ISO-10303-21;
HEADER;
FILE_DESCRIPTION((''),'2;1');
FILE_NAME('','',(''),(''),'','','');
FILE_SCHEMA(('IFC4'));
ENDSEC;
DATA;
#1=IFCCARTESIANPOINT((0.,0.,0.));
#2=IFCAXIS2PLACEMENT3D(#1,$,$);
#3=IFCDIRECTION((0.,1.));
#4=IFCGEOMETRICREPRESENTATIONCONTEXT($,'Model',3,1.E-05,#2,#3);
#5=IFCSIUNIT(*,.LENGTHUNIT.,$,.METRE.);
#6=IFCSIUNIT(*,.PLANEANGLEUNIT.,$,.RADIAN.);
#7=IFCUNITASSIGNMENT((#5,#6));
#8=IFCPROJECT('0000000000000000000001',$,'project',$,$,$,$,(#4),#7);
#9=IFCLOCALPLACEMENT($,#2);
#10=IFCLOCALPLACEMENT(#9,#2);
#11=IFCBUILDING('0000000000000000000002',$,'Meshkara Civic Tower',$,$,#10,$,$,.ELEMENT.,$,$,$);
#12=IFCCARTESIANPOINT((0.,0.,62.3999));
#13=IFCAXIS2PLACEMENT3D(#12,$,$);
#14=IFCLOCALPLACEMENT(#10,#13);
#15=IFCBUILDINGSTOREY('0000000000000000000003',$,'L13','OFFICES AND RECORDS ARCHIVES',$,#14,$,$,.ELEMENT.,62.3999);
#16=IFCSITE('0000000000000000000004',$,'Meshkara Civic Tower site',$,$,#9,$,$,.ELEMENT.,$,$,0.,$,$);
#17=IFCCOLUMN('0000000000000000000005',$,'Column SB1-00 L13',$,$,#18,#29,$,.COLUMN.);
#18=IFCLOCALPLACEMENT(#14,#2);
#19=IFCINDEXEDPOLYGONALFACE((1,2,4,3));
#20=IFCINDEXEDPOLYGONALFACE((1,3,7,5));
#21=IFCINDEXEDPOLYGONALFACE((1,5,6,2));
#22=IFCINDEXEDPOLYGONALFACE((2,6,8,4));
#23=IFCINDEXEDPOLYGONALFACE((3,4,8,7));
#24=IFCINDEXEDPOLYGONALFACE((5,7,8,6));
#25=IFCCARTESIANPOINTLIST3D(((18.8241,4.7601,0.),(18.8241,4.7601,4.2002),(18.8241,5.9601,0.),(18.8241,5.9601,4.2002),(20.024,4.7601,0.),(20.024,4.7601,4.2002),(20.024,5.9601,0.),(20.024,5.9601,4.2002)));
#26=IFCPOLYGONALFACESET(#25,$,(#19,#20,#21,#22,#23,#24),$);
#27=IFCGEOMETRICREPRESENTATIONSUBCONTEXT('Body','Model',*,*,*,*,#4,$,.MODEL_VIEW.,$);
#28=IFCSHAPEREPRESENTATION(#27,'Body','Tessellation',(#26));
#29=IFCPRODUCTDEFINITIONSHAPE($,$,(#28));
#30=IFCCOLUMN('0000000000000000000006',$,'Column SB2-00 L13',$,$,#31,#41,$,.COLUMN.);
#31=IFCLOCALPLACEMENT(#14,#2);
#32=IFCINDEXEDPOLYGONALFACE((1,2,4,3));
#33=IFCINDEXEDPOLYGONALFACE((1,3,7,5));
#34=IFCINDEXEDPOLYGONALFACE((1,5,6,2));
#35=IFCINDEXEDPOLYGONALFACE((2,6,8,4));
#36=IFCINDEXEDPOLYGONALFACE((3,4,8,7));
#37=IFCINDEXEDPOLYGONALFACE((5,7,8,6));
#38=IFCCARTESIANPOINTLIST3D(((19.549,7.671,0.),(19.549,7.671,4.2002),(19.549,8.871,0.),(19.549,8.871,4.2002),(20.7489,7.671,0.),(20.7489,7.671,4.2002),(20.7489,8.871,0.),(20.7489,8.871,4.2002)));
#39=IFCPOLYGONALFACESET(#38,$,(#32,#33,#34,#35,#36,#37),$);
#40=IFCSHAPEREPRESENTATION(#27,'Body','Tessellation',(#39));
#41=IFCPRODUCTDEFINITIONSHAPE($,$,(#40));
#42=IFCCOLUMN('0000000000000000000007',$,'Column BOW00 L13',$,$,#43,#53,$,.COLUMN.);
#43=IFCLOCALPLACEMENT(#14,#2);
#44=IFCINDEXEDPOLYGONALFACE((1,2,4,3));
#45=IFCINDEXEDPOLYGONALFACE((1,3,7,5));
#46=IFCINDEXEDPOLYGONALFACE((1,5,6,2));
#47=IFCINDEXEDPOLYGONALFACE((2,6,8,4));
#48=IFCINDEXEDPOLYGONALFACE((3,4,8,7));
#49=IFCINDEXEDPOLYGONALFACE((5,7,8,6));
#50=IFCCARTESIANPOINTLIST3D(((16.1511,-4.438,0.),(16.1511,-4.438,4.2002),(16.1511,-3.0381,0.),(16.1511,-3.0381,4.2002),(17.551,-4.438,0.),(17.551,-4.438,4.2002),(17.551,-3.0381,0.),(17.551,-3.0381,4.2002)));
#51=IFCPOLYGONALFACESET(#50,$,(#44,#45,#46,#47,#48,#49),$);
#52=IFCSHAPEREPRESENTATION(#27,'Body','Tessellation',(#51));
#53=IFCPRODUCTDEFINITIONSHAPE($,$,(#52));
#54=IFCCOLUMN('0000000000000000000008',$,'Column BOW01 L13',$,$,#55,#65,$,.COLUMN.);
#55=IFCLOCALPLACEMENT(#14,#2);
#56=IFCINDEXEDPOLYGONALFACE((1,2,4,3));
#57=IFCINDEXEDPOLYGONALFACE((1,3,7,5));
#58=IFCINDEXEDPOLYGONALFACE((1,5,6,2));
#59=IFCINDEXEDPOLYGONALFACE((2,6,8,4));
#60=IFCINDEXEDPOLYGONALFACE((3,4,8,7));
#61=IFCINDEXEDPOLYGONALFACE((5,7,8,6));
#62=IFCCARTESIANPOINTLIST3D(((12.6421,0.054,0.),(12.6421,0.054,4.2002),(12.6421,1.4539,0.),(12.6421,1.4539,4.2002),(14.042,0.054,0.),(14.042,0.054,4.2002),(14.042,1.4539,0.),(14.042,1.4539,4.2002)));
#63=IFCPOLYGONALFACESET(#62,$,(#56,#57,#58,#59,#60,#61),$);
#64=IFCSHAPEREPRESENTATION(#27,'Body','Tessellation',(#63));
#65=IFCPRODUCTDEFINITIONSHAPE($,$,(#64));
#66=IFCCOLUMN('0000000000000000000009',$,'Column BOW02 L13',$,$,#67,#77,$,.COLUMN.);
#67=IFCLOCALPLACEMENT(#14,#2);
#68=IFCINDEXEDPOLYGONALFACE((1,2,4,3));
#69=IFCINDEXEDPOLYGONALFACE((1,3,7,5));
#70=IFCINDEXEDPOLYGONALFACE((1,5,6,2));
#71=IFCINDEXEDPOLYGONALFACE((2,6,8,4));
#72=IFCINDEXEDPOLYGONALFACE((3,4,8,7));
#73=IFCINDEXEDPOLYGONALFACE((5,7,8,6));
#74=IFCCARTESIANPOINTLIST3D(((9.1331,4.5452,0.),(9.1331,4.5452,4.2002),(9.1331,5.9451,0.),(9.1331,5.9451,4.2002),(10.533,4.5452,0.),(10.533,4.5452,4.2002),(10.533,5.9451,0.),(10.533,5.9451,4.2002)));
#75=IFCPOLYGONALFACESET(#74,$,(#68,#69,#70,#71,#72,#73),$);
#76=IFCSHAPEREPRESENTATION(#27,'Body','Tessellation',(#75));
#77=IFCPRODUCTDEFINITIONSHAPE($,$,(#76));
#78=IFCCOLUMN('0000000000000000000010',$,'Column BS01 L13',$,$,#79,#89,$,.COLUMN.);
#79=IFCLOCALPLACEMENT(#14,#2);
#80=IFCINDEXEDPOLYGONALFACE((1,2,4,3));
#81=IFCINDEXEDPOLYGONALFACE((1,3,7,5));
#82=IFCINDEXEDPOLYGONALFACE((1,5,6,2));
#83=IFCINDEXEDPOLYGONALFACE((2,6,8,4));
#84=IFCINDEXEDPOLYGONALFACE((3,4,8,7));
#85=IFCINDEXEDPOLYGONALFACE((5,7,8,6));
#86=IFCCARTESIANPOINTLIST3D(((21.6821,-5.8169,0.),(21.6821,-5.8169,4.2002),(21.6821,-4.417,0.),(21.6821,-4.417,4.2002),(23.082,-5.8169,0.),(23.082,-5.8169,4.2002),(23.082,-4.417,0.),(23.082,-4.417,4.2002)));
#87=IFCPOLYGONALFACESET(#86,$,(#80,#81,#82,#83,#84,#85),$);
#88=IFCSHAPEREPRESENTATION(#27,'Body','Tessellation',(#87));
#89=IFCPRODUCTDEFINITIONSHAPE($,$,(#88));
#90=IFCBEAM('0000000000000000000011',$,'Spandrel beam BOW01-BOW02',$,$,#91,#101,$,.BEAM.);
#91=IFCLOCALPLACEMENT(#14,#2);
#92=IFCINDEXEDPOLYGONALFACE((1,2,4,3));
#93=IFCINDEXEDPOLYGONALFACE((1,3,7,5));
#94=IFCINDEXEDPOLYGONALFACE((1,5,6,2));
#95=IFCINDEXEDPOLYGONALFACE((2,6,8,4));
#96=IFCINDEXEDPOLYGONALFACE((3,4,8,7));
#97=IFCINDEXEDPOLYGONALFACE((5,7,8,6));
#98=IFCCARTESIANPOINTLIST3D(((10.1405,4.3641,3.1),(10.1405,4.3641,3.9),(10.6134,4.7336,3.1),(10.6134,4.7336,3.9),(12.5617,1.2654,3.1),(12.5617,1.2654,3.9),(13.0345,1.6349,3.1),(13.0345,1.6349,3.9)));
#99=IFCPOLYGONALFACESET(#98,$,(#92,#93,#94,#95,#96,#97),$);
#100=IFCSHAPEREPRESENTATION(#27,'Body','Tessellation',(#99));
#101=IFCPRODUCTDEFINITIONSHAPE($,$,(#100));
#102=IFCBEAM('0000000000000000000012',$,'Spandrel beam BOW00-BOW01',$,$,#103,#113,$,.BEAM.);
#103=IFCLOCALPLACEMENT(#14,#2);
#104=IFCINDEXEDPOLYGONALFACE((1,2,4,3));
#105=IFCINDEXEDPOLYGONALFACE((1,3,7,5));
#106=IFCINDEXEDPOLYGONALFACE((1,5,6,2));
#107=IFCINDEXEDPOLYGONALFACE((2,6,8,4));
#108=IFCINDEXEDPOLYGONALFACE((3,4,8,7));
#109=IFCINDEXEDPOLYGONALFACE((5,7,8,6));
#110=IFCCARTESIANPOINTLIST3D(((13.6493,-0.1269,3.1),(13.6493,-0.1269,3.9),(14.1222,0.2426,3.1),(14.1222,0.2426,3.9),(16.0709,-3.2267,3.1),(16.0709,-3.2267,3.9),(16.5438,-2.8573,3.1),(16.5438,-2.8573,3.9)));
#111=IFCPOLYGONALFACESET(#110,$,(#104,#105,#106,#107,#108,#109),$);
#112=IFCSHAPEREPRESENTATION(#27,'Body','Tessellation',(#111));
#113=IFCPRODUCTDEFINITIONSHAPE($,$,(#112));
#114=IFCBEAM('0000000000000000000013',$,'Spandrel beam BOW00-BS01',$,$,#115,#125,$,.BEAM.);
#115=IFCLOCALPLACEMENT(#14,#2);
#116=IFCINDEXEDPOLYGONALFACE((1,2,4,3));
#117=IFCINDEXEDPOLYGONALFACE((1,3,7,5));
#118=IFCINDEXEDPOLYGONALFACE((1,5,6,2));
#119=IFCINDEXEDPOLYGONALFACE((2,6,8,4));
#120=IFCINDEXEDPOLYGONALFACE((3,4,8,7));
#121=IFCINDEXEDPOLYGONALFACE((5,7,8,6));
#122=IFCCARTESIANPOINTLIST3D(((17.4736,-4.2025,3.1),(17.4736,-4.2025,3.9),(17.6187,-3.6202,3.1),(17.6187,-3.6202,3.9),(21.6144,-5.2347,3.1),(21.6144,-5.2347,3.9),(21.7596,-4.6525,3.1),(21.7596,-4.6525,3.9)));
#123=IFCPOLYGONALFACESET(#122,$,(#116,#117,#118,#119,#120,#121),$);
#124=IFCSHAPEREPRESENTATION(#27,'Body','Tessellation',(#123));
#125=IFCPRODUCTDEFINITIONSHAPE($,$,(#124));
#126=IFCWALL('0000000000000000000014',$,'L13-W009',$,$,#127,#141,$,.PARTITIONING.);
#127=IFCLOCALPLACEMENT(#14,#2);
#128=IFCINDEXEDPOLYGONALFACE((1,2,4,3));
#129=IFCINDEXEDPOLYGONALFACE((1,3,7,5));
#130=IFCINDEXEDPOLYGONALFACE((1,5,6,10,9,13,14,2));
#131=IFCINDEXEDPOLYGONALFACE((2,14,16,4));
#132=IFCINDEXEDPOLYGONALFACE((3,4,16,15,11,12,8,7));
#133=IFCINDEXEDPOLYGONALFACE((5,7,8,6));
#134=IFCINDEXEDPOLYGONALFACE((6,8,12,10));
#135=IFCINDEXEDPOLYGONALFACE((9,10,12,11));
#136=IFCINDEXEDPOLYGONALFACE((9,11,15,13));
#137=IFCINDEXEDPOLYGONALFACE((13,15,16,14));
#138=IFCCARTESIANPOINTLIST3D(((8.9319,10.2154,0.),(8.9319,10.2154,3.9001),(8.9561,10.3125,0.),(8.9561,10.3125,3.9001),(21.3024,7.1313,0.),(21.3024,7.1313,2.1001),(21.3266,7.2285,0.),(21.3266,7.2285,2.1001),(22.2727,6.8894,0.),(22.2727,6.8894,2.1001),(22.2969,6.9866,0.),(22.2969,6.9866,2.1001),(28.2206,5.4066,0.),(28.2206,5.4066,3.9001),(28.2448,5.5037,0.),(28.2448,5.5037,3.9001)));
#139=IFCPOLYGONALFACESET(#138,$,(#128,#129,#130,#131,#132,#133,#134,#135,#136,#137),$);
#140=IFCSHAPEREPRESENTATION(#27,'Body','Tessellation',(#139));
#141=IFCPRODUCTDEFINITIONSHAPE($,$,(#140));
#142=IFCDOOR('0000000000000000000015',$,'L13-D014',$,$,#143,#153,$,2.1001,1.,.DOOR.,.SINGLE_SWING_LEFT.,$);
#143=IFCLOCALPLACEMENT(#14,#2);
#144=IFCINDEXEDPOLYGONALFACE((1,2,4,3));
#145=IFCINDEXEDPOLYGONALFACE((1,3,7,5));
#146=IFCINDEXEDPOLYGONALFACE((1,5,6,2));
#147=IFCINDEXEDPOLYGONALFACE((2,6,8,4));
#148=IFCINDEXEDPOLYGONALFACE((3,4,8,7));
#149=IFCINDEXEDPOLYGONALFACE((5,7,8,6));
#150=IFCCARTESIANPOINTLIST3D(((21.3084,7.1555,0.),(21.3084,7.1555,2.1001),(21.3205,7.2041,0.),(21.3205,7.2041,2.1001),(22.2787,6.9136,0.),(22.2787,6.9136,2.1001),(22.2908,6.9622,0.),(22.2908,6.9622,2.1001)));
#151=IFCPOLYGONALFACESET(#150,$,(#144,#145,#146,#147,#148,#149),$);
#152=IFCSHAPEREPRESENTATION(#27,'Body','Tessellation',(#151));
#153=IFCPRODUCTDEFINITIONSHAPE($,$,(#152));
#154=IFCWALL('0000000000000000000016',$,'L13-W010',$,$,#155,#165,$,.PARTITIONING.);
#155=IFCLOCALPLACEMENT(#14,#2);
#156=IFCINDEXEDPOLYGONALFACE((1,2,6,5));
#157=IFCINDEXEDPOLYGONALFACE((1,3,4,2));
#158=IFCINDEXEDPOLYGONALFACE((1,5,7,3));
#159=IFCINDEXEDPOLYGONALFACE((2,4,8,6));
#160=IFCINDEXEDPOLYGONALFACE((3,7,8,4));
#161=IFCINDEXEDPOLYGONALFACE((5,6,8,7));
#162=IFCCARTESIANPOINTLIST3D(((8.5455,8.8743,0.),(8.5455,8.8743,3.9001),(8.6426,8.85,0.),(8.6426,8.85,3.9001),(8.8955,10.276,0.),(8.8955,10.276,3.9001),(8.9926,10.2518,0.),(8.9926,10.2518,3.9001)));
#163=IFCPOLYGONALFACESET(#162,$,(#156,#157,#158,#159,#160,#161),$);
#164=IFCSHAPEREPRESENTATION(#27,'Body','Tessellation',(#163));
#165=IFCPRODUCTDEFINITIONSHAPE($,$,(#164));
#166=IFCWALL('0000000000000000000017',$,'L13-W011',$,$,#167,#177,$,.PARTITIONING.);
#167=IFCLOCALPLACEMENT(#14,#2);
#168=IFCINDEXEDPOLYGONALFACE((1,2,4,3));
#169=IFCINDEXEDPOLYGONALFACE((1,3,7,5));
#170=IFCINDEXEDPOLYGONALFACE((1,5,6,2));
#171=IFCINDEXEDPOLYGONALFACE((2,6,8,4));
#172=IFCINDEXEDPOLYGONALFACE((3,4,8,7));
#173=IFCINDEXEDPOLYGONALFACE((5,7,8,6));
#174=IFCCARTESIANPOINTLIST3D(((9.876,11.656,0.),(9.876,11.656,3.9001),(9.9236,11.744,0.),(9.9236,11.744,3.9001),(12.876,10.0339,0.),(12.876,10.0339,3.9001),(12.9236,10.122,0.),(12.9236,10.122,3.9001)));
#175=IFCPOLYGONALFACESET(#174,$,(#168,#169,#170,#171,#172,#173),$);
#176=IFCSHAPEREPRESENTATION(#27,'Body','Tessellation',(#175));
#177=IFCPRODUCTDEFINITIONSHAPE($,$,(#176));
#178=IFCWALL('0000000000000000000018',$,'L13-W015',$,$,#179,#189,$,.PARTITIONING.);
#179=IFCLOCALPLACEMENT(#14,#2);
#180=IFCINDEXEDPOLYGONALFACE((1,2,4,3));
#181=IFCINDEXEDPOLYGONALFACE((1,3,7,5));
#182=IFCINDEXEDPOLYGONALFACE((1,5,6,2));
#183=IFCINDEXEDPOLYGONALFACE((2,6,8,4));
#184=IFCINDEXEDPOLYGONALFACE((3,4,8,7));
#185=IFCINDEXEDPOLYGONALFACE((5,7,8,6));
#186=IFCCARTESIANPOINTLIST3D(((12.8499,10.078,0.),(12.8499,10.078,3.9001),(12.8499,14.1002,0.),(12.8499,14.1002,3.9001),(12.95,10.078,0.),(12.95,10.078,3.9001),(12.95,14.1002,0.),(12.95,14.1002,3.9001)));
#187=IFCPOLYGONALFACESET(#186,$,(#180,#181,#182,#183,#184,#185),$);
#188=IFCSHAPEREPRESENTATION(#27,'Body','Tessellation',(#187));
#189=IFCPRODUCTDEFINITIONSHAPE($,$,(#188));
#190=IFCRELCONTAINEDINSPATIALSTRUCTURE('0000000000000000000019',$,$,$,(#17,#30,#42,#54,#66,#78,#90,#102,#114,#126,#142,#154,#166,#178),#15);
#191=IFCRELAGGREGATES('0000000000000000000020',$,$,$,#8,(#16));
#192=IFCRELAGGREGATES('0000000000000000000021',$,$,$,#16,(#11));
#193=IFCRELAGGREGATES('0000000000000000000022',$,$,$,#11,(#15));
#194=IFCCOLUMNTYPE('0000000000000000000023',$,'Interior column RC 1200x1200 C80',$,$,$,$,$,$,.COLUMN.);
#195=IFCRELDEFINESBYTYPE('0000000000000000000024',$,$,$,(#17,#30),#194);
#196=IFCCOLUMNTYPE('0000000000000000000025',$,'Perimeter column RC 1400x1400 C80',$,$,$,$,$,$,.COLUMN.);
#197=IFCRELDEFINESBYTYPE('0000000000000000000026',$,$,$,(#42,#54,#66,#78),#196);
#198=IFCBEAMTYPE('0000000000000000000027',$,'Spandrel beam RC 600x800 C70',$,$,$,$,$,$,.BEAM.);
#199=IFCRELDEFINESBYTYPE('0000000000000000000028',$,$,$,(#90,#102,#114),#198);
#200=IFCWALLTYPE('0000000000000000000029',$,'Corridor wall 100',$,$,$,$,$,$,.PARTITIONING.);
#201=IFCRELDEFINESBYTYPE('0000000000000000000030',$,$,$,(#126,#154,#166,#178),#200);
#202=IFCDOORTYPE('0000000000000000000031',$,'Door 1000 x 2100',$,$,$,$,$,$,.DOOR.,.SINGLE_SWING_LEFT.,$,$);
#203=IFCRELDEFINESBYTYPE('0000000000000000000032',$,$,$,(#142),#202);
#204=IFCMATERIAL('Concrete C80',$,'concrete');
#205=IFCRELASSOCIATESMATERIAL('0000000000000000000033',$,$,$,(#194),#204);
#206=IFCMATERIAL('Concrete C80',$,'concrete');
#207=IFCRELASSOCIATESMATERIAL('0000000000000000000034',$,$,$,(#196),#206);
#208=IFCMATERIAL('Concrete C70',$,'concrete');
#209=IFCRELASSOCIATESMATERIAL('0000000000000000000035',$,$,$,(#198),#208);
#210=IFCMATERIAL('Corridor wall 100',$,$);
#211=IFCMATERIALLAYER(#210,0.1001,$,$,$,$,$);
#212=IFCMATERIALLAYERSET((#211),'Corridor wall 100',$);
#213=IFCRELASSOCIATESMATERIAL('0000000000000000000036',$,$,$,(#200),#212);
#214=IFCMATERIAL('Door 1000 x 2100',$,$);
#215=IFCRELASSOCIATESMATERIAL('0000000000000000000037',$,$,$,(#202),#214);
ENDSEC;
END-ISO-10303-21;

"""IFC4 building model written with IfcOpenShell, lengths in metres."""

from ifc_helpers import new_model, si_unit, direction, frame, frame_2d, origin, origin_2d, place, context, subcontext, project, spatial, rectangle, extrude, material, layer, layer_set, material_profile, profile_set, type_object, element, fill, save


model = new_model("IFC4")

# Units and contexts
model_context = context("Model", 3, precision=1e-05, world=origin(), true_north=direction((0.0, 1.0)))
body_context = subcontext(model_context, "Body", "Model", "MODEL_VIEW")
ifc_project = project(units=[si_unit("LENGTHUNIT", "METRE"), si_unit("PLANEANGLEUNIT", "RADIAN")], contexts=[model_context])

# Site, building, storey
site_placement = place(None, origin())
site = spatial("IfcSite", under=ifc_project, at=site_placement, Name="Meshkara Civic Tower site", CompositionType="ELEMENT", RefElevation=0.0)
building_placement = place(site_placement, origin())
building = spatial("IfcBuilding", under=site, at=building_placement, Name="Meshkara Civic Tower", CompositionType="ELEMENT")
storey_placement = place(building_placement, frame((0.0, 0.0, 62.3999)))
storey = spatial("IfcBuildingStorey", under=building, at=storey_placement, Name="L13", Description="OFFICES AND RECORDS ARCHIVES", CompositionType="ELEMENT", Elevation=62.3999)

# Columns
ifc_material_1 = material(Name="Concrete C80", Category="concrete")
ifc_material_profile_1 = material_profile(ifc_material_1, rectangle(XDim=1.2, YDim=1.2, at=origin_2d()))
ifc_profile_set_1 = profile_set([ifc_material_profile_1], Name="Concrete C80")
column_type_1 = type_object("IfcColumnType", Name="Interior column RC 1200x1200 C80", PredefinedType="COLUMN", material=ifc_profile_set_1)
for number, where, z_axis, x_axis, name in (
    (1, (19.4241, 5.3601, 0.0), (0.0, 0.0, 1.0), (1.0, 0.0, 0.0), "Column SB1-00 L13"),
    (2, (20.1489, 8.271, 0.0), (0.0, 0.0, 1.0), (1.0, 0.0, 0.0), "Column SB2-00 L13"),
):
    element("IfcColumn", number, at=place(storey_placement, frame(where, z_axis=z_axis, x_axis=x_axis)), inside=storey, type_object=column_type_1, Name=name, PredefinedType="COLUMN", context=body_context, shape_type="SweptSolid", body=[
        extrude(rectangle(XDim=1.2, YDim=1.2, at=origin_2d()), origin(), (0.0, 0.0, 1.0), 4.2002),
    ])
ifc_material_2 = material(Name="Concrete C80", Category="concrete")
ifc_material_profile_2 = material_profile(ifc_material_2, rectangle(XDim=1.3999, YDim=1.3999, at=origin_2d()))
ifc_profile_set_2 = profile_set([ifc_material_profile_2], Name="Concrete C80")
column_type_2 = type_object("IfcColumnType", Name="Perimeter column RC 1400x1400 C80", PredefinedType="COLUMN", material=ifc_profile_set_2)
for number, where, z_axis, x_axis, name in (
    (3, (16.8511, -3.738, 0.0), (0.0, 0.0, 1.0), (1.0, 0.0, 0.0), "Column BOW00 L13"),
    (4, (13.342, 0.7539, 0.0), (0.0, 0.0, 1.0), (1.0, 0.0, 0.0), "Column BOW01 L13"),
    (5, (9.833, 5.2451, 0.0), (0.0, 0.0, 1.0), (1.0, 0.0, 0.0), "Column BOW02 L13"),
    (6, (22.3821, -5.1169, 0.0), (0.0, 0.0, 1.0), (1.0, 0.0, 0.0), "Column BS01 L13"),
):
    element("IfcColumn", number, at=place(storey_placement, frame(where, z_axis=z_axis, x_axis=x_axis)), inside=storey, type_object=column_type_2, Name=name, PredefinedType="COLUMN", context=body_context, shape_type="SweptSolid", body=[
        extrude(rectangle(XDim=1.3999, YDim=1.3999, at=origin_2d()), origin(), (0.0, 0.0, 1.0), 4.2002),
    ])

# Beams
ifc_material_3 = material(Name="Concrete C70", Category="concrete")
ifc_material_profile_3 = material_profile(ifc_material_3, rectangle(XDim=0.6001, YDim=0.8, at=origin_2d()))
ifc_profile_set_3 = profile_set([ifc_material_profile_3], Name="Concrete C70")
beam_type = type_object("IfcBeamType", Name="Spandrel beam RC 600x800 C70", PredefinedType="BEAM", material=ifc_profile_set_3)
beam_1_placement = place(storey_placement, frame((10.377, 4.5488, 3.5), z_axis=(0.615697, -0.787983, 0.0), x_axis=(0.787983, 0.615697, 0.0)))
element("IfcBeam", 7, at=beam_1_placement, inside=storey, type_object=beam_type, Name="Spandrel beam BOW01-BOW02", PredefinedType="BEAM", context=body_context, shape_type="SweptSolid", body=[
    extrude(rectangle(XDim=0.6001, YDim=0.8, at=origin_2d()), origin(), (0.0, 0.0, 1.0), 3.9324),
])
beam_2_placement = place(storey_placement, frame((13.8857, 0.0579, 3.5), z_axis=(0.615624, -0.78804, 0.0), x_axis=(0.78804, 0.615624, 0.0)))
element("IfcBeam", 8, at=beam_2_placement, inside=storey, type_object=beam_type, Name="Spandrel beam BOW00-BOW01", PredefinedType="BEAM", context=body_context, shape_type="SweptSolid", body=[
    extrude(rectangle(XDim=0.6001, YDim=0.8, at=origin_2d()), origin(), (0.0, 0.0, 1.0), 3.9336),
])
beam_3_placement = place(storey_placement, frame((17.5461, -3.9114, 3.5), z_axis=(0.970307, -0.241876, 0.0), x_axis=(0.241876, 0.970307, 0.0)))
element("IfcBeam", 9, at=beam_3_placement, inside=storey, type_object=beam_type, Name="Spandrel beam BOW00-BS01", PredefinedType="BEAM", context=body_context, shape_type="SweptSolid", body=[
    extrude(rectangle(XDim=0.6001, YDim=0.8, at=origin_2d()), origin(), (0.0, 0.0, 1.0), 4.2676),
])

# Wall, opening, door
ifc_material_4 = material(Name="Corridor wall 100")
ifc_layer_1 = layer(ifc_material_4, 0.1001)
ifc_layer_set_1 = layer_set([ifc_layer_1], Name="Corridor wall 100")
wall_type_1 = type_object("IfcWallType", Name="Corridor wall 100", PredefinedType="PARTITIONING", material=ifc_layer_set_1)
wall_1_placement = place(storey_placement, frame((8.9441, 10.2639, 0.0), z_axis=(0.0, 0.0, 1.0), x_axis=(0.970301, -0.241903, 0.0)))
wall_1 = element("IfcWall", 10, at=wall_1_placement, inside=storey, type_object=wall_type_1, Name="L13-W009", PredefinedType="PARTITIONING", context=body_context, shape_type="SweptSolid", body=[
    extrude(rectangle(XDim=19.8792, YDim=0.1001, at=frame_2d((9.9395, 0.0))), origin(), (0.0, 0.0, 1.0), 3.9001),
])
opening_1_placement = place(wall_1_placement, frame((12.749, 0.0, 0.0)))
opening_1 = element("IfcOpeningElement", 11, at=opening_1_placement, cuts=wall_1, PredefinedType="OPENING", context=body_context, shape_type="SweptSolid", body=[
    extrude(rectangle(XDim=1.0, YDim=2.1001, at=frame_2d((0.5, 1.05))), frame((0.0, 0.0601, 0.0), z_axis=(0.0, -1.0, 0.0), x_axis=(1.0, 0.0, 0.0)), (0.0, 0.0, 1.0), 0.1201),
])
ifc_material_5 = material(Name="Door 1000 x 2100")
door_type = type_object("IfcDoorType", Name="Door 1000 x 2100", OperationType="SINGLE_SWING_LEFT", PredefinedType="DOOR", material=ifc_material_5)
door_placement = place(opening_1_placement, origin())
door = element("IfcDoor", 12, at=door_placement, inside=storey, type_object=door_type, Name="L13-D014", OperationType="SINGLE_SWING_LEFT", OverallHeight=2.1001, OverallWidth=1.0, PredefinedType="DOOR", context=body_context, shape_type="SweptSolid", body=[
    extrude(rectangle(XDim=1.0, YDim=2.1001, at=frame_2d((0.5, 1.05))), frame((0.0, 0.0249, 0.0), z_axis=(0.0, -1.0, 0.0), x_axis=(1.0, 0.0, 0.0)), (0.0, 0.0, 1.0), 0.05),
])
fill(opening_1, door)

# Walls
wall_2_placement = place(storey_placement, frame((8.9441, 10.2639, 0.0), z_axis=(0.0, 0.0, 1.0), x_axis=(-0.242297, -0.970202, 0.0)))
element("IfcWall", 13, at=wall_2_placement, inside=storey, type_object=wall_type_1, Name="L13-W010", PredefinedType="PARTITIONING", context=body_context, shape_type="SweptSolid", body=[
    extrude(rectangle(XDim=1.4448, YDim=0.1001, at=frame_2d((0.7224, 0.0))), origin(), (0.0, 0.0, 1.0), 3.9001),
])
wall_3_placement = place(storey_placement, frame((9.8999, 11.7, 0.0), z_axis=(0.0, 0.0, 1.0), x_axis=(0.879651, -0.475619, 0.0)))
element("IfcWall", 14, at=wall_3_placement, inside=storey, type_object=wall_type_1, Name="L13-W011", PredefinedType="PARTITIONING", context=body_context, shape_type="SweptSolid", body=[
    extrude(rectangle(XDim=3.4104, YDim=0.1001, at=frame_2d((1.7051, 0.0))), origin(), (0.0, 0.0, 1.0), 3.9001),
])
wall_4_placement = place(storey_placement, frame((12.8999, 10.0779, 0.0), z_axis=(0.0, 0.0, 1.0), x_axis=(0.0, 1.0, 0.0)))
element("IfcWall", 15, at=wall_4_placement, inside=storey, type_object=wall_type_1, Name="L13-W015", PredefinedType="PARTITIONING", context=body_context, shape_type="SweptSolid", body=[
    extrude(rectangle(XDim=4.0222, YDim=0.1001, at=frame_2d((2.0112, 0.0))), origin(), (0.0, 0.0, 1.0), 3.9001),
])

save(model, "model.ifc")
